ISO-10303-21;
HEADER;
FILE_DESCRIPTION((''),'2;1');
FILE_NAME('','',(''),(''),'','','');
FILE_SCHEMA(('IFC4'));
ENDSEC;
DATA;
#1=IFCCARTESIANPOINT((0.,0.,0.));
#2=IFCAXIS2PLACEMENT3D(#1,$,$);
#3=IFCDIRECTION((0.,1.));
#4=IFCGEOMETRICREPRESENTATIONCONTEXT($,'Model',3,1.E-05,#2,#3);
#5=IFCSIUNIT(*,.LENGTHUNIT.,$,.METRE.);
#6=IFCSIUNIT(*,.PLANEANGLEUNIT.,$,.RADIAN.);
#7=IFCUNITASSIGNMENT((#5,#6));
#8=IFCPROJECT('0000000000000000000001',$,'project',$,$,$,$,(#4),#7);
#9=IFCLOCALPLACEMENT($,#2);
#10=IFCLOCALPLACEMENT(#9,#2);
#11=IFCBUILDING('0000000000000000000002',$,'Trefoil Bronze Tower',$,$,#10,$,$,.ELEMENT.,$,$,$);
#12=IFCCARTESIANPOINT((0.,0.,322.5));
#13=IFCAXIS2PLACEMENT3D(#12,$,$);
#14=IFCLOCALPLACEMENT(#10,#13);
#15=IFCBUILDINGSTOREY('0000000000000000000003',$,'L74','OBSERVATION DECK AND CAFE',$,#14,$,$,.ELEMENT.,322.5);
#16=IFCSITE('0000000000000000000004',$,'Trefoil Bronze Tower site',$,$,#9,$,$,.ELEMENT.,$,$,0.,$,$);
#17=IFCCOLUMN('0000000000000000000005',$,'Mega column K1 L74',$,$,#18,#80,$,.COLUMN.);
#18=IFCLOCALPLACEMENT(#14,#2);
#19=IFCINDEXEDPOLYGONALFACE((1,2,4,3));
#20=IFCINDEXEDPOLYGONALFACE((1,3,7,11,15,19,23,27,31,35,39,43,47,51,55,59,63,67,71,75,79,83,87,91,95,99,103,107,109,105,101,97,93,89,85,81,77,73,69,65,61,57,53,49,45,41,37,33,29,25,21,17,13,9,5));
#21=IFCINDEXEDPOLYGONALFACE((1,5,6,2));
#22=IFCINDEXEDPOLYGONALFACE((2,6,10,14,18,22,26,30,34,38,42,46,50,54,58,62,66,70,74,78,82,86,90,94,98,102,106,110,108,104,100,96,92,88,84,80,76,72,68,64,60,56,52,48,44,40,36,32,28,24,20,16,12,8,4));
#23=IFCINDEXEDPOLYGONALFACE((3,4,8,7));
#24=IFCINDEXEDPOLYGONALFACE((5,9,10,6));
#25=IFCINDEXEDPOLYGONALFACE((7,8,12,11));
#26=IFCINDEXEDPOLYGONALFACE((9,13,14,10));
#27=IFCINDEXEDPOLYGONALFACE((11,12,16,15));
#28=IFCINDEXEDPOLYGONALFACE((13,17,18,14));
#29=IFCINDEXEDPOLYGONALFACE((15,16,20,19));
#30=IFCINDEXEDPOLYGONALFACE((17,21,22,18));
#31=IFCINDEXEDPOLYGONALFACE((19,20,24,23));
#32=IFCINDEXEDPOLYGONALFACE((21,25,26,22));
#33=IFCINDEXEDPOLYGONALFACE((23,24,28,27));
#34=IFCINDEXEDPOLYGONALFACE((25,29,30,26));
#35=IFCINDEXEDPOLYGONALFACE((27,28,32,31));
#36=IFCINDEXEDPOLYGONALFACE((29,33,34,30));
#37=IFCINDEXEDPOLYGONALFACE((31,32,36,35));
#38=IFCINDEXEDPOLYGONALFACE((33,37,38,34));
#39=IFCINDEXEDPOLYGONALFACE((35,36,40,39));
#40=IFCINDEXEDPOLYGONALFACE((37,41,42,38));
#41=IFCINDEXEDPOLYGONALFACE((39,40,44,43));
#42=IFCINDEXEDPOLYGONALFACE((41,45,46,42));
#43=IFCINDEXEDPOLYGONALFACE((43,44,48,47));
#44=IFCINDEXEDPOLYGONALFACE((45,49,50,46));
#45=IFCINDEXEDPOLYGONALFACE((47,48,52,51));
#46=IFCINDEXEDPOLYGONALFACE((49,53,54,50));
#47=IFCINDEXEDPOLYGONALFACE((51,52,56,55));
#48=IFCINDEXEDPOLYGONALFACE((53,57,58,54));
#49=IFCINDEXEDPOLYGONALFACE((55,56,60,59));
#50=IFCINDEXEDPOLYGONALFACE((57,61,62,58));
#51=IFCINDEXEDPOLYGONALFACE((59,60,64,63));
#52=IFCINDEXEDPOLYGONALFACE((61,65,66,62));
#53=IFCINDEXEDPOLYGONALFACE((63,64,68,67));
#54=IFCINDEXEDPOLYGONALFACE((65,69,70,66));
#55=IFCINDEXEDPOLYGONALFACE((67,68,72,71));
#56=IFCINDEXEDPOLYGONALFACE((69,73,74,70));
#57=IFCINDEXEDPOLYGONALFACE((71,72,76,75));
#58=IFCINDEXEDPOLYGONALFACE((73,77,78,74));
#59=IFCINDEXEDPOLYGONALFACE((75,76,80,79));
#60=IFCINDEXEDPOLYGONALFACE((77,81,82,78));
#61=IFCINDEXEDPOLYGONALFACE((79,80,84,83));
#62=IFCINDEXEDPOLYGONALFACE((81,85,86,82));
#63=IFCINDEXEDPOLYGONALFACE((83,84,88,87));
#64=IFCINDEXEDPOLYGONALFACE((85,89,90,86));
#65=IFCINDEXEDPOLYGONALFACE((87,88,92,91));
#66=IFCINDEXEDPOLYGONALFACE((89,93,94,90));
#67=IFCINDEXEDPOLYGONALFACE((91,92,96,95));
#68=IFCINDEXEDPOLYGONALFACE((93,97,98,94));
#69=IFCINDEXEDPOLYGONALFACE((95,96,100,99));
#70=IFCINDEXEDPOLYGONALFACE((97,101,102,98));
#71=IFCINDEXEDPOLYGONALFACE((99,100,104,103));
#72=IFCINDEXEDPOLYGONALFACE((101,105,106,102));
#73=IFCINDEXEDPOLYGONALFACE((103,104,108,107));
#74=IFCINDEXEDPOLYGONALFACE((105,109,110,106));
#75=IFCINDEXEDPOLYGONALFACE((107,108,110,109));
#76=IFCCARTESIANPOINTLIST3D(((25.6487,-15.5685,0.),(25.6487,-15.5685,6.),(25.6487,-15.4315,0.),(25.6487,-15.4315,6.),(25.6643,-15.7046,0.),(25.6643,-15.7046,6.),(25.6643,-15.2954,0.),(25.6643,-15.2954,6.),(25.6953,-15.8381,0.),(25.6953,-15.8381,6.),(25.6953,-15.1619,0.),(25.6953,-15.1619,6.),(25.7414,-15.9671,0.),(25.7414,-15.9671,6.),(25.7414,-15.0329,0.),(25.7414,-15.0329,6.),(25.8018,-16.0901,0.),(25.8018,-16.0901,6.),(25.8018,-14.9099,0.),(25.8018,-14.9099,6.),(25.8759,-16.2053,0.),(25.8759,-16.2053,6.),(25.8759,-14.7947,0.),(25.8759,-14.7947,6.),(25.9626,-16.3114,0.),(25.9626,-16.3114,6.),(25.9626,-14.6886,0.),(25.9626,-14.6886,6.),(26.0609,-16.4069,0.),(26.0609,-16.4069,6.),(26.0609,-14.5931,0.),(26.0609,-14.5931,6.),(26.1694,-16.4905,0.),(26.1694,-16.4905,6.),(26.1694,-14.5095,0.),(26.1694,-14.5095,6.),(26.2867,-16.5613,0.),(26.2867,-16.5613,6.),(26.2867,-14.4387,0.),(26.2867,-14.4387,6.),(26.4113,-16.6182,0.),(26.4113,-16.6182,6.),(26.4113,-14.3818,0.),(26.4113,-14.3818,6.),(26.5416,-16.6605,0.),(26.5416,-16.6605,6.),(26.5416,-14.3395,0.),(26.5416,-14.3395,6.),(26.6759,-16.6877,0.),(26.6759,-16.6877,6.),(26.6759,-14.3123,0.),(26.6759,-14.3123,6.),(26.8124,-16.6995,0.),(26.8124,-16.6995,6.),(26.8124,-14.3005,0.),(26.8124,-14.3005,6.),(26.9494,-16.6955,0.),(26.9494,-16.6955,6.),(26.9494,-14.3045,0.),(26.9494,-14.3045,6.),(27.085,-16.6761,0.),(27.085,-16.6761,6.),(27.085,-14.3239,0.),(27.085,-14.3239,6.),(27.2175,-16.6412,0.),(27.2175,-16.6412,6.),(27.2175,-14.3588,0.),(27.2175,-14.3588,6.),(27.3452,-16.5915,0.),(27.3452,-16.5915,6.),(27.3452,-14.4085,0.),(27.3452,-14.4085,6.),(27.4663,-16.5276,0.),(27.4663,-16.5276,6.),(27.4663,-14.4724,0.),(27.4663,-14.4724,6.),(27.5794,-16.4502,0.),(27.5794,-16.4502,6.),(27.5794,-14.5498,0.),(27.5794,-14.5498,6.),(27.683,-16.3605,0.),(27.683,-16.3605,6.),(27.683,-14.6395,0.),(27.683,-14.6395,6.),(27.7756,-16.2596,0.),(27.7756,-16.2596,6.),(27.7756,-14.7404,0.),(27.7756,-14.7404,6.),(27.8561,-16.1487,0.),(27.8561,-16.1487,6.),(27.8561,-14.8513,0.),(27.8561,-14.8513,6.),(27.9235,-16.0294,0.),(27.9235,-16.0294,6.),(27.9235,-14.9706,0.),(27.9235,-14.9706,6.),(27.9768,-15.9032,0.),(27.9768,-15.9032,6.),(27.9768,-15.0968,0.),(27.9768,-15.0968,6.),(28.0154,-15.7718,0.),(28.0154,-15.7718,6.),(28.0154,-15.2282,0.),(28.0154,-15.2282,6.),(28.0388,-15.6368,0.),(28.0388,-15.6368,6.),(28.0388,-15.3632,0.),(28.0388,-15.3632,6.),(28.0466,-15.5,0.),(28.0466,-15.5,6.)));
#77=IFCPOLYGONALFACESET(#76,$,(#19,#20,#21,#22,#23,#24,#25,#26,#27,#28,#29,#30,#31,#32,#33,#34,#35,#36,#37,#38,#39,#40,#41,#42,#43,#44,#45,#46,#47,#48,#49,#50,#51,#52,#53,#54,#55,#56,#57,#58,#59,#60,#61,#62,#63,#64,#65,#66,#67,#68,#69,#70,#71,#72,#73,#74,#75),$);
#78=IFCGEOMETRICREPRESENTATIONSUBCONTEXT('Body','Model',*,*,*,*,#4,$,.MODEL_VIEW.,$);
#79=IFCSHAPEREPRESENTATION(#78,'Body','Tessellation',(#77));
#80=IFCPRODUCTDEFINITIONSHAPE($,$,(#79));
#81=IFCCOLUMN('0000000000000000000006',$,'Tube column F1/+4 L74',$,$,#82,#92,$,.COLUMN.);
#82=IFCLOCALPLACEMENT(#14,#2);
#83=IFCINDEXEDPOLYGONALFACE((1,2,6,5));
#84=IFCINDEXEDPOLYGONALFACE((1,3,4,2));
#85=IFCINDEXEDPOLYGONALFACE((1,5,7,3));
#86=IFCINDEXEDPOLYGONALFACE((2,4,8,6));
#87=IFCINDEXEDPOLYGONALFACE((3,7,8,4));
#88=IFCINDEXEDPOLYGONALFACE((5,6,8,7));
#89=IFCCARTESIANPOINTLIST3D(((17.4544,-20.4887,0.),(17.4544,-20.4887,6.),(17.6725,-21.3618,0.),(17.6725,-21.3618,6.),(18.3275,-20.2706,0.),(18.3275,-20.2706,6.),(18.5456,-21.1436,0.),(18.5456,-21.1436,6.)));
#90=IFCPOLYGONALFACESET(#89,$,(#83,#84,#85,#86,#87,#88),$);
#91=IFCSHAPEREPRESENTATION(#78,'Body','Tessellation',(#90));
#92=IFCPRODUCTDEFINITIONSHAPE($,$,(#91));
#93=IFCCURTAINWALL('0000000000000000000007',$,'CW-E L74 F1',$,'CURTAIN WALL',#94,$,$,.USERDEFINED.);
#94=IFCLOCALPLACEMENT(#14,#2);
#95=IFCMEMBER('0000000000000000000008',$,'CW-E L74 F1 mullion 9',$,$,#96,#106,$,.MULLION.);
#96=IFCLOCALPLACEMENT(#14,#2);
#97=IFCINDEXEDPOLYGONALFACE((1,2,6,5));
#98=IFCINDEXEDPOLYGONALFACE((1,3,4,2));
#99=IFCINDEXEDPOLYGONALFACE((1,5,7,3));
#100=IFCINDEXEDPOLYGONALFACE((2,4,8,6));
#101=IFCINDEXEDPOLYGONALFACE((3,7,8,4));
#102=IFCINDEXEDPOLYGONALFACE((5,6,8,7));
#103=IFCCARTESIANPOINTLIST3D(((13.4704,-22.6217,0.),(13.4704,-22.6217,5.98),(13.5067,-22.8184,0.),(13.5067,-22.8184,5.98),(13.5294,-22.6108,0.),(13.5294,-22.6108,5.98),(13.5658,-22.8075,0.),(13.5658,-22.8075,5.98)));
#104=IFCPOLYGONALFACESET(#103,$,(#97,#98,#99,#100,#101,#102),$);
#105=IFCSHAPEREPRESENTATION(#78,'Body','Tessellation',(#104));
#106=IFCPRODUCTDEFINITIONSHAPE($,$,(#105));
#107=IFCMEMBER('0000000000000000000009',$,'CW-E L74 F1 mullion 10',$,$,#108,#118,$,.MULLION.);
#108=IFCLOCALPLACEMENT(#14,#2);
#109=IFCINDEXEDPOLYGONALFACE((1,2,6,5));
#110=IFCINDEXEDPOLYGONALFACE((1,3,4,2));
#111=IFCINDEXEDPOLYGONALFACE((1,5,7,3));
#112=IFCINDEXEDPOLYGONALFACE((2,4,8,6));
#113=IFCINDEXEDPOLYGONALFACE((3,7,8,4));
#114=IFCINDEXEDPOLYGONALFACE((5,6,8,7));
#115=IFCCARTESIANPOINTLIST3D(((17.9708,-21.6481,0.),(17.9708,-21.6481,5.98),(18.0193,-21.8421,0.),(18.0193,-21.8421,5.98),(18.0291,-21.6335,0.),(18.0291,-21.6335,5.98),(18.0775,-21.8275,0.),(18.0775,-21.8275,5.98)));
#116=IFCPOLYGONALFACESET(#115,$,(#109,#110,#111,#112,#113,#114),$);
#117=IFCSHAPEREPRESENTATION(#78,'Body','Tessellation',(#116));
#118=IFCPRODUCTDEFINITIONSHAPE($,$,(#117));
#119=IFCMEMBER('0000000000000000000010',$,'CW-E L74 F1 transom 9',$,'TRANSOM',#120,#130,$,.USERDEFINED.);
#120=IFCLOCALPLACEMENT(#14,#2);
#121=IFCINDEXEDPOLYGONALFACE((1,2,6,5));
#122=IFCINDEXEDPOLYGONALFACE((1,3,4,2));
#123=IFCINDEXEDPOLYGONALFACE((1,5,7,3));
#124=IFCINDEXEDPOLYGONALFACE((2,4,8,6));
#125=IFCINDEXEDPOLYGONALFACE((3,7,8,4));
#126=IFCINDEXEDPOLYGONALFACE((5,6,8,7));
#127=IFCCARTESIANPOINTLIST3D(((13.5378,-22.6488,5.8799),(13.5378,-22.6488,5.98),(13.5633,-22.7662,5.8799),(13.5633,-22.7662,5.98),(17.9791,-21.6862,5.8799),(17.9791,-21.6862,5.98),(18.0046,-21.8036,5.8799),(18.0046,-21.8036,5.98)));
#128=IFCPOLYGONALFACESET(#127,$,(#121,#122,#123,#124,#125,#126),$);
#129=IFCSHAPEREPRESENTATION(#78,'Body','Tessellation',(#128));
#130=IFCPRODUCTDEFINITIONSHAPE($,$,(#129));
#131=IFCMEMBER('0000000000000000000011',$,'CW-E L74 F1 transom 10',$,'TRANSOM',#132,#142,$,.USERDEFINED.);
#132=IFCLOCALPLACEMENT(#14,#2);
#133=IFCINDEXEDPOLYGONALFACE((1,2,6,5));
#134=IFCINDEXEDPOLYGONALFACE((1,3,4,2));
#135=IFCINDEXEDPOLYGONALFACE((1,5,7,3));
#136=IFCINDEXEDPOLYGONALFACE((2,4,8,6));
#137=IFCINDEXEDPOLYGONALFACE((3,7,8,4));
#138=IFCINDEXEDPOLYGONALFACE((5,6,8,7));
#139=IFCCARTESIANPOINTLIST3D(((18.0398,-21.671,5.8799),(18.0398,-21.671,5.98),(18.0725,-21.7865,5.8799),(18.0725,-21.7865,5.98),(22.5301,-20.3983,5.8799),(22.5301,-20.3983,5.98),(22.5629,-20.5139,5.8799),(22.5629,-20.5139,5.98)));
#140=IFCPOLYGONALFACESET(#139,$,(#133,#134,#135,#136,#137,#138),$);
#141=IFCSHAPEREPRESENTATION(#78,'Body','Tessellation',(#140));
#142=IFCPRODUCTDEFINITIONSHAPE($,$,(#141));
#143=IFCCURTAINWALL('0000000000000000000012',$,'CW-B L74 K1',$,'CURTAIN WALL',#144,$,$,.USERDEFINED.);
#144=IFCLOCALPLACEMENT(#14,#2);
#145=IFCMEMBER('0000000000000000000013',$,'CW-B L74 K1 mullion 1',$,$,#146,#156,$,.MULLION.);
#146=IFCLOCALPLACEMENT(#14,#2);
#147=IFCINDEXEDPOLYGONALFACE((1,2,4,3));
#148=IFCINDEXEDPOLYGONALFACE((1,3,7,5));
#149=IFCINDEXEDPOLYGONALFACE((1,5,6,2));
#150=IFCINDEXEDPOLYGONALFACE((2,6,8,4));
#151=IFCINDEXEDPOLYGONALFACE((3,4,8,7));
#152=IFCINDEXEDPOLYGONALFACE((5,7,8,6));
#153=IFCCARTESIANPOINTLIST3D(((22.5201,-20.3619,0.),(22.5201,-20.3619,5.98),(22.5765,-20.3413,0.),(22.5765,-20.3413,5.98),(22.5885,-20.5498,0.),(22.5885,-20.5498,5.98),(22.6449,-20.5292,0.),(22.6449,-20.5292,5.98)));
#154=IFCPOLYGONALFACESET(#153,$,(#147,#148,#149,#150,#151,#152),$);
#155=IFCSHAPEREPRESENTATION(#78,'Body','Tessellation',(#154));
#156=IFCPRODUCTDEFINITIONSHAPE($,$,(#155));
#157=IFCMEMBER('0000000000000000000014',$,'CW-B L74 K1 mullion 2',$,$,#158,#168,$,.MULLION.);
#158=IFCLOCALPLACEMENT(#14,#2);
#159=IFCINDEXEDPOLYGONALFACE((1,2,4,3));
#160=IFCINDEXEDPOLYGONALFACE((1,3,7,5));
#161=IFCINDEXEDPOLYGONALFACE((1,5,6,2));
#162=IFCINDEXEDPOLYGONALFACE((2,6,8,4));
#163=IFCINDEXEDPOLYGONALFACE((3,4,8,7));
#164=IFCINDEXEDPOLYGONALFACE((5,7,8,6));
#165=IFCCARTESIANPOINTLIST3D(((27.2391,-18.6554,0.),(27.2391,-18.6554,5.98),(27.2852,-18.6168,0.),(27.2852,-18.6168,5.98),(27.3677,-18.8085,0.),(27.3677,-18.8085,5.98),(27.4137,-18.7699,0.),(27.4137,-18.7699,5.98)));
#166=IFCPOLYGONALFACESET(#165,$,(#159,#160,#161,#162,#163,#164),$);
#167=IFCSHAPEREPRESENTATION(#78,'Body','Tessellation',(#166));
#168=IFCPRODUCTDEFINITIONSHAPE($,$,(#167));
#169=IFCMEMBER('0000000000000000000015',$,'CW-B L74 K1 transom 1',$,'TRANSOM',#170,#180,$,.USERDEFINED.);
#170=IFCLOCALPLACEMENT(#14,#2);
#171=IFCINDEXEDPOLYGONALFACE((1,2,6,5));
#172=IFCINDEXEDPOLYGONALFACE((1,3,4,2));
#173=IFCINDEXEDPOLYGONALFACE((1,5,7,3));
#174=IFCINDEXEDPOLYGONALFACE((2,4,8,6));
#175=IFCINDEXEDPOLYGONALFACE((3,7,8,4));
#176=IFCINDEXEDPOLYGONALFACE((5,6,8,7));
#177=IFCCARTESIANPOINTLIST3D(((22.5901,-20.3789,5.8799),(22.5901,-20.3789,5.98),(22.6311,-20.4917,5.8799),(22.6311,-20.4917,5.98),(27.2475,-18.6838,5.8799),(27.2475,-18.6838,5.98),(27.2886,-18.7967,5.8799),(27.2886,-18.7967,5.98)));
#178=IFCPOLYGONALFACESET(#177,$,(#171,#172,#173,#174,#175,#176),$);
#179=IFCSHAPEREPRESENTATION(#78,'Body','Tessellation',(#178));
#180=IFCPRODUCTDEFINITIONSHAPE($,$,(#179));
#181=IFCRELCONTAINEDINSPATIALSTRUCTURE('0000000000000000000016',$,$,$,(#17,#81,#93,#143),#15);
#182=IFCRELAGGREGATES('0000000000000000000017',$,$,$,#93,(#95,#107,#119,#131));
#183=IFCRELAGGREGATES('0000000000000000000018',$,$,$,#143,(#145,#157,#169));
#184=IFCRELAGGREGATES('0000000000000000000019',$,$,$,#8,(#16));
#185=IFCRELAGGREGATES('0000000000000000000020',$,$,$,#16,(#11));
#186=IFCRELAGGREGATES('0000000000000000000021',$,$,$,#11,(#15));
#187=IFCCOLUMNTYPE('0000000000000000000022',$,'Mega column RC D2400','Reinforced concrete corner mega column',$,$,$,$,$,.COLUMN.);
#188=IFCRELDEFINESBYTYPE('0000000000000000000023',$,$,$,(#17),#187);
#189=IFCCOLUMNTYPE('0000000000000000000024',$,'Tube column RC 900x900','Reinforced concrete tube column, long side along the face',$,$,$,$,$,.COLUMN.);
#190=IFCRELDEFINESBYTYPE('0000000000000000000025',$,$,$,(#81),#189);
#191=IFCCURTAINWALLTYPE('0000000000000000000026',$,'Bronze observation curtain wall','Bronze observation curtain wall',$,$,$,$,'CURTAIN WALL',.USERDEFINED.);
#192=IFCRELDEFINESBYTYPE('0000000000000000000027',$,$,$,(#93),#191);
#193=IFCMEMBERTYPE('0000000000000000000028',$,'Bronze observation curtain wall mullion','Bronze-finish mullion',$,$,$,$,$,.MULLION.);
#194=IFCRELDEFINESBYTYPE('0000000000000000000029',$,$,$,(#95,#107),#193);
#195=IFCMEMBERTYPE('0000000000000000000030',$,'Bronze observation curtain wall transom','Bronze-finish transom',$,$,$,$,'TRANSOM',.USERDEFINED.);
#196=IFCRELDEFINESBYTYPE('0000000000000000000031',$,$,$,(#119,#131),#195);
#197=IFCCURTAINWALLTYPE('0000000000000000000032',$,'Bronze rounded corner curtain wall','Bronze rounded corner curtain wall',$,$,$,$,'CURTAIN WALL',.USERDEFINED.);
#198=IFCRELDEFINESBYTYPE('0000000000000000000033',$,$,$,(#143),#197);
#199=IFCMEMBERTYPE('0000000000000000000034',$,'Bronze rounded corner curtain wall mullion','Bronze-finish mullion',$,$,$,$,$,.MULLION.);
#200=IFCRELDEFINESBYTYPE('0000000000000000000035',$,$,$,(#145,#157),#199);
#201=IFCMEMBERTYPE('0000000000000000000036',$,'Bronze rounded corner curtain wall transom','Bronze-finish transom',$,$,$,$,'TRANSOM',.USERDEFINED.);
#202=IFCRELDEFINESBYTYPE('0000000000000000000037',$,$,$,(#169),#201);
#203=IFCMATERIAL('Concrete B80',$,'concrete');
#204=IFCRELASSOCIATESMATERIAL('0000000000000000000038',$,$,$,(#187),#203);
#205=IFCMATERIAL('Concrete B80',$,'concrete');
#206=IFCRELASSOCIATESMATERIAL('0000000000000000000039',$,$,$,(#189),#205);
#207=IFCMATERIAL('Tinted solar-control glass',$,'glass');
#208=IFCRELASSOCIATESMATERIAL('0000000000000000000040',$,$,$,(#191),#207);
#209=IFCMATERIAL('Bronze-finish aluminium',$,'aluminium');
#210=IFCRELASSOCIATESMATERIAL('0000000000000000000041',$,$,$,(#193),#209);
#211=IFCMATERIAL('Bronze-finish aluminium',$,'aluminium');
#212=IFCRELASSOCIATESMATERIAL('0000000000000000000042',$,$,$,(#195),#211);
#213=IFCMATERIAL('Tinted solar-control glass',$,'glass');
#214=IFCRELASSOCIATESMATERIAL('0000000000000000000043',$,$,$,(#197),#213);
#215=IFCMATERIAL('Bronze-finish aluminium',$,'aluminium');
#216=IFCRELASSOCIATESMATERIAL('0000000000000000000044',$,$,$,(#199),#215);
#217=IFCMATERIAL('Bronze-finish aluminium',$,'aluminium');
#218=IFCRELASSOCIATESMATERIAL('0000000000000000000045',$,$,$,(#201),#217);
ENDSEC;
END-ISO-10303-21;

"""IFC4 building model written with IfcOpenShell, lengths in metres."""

from ifc_helpers import new_model, si_unit, direction, frame, origin, origin_2d, place, context, subcontext, project, spatial, rectangle, circle, extrude, material, material_profile, profile_set, type_object, element, aggregate, save


model = new_model("IFC4")

# Units and contexts
model_context = context("Model", 3, precision=1e-05, world=origin(), true_north=direction((0.0, 1.0)))
body_context = subcontext(model_context, "Body", "Model", "MODEL_VIEW")
ifc_project = project(units=[si_unit("LENGTHUNIT", "METRE"), si_unit("PLANEANGLEUNIT", "RADIAN")], contexts=[model_context])

# Site, building, storey
site_placement = place(None, origin())
site = spatial("IfcSite", under=ifc_project, at=site_placement, Name="Trefoil Bronze Tower site", CompositionType="ELEMENT", RefElevation=0.0)
building_placement = place(site_placement, origin())
building = spatial("IfcBuilding", under=site, at=building_placement, Name="Trefoil Bronze Tower", CompositionType="ELEMENT")
storey_placement = place(building_placement, frame((0.0, 0.0, 322.5)))
storey = spatial("IfcBuildingStorey", under=building, at=storey_placement, Name="L74", Description="OBSERVATION DECK AND CAFE", CompositionType="ELEMENT", Elevation=322.5)

# Columns
ifc_material_1 = material(Name="Concrete B80", Category="concrete")
ifc_material_profile_1 = material_profile(ifc_material_1, circle(Radius=1.2, at=origin_2d()), Name="RC D2400")
ifc_profile_set_1 = profile_set([ifc_material_profile_1], Name="Concrete B80")
column_type_1 = type_object("IfcColumnType", Name="Mega column RC D2400", Description="Reinforced concrete corner mega column", PredefinedType="COLUMN", material=ifc_profile_set_1)
column_1_placement = place(storey_placement, frame((26.8467, -15.5, 0.0), z_axis=(0.0, 0.0, 1.0), x_axis=(1.0, 0.0, 0.0)))
element("IfcColumn", 1, at=column_1_placement, inside=storey, type_object=column_type_1, Name="Mega column K1 L74", PredefinedType="COLUMN", context=body_context, shape_type="SweptSolid", body=[
    extrude(circle(Radius=1.2, at=origin_2d()), origin(), (0.0, 0.0, 1.0), 6.0),
])
ifc_material_2 = material(Name="Concrete B80", Category="concrete")
ifc_material_profile_2 = material_profile(ifc_material_2, rectangle(XDim=0.8999, YDim=0.8999, at=origin_2d()), Name="RC 900x900")
ifc_profile_set_2 = profile_set([ifc_material_profile_2], Name="Concrete B80")
column_type_2 = type_object("IfcColumnType", Name="Tube column RC 900x900", Description="Reinforced concrete tube column, long side along the face", PredefinedType="COLUMN", material=ifc_profile_set_2)
column_2_placement = place(storey_placement, frame((18.0, -20.8162, 0.0), z_axis=(0.0, 0.0, 1.0), x_axis=(0.970178, 0.242394, 0.0)))
element("IfcColumn", 2, at=column_2_placement, inside=storey, type_object=column_type_2, Name="Tube column F1/+4 L74", PredefinedType="COLUMN", context=body_context, shape_type="SweptSolid", body=[
    extrude(rectangle(XDim=0.8999, YDim=0.8999, at=origin_2d()), origin(), (0.0, 0.0, 1.0), 6.0),
])

# Curtain walls, members
ifc_material_3 = material(Name="Tinted solar-control glass", Category="glass")
curtain_wall_type_1 = type_object("IfcCurtainWallType", Name="Bronze observation curtain wall", Description="Bronze observation curtain wall", ElementType="CURTAIN WALL", PredefinedType="USERDEFINED", material=ifc_material_3)
curtain_wall_1_placement = place(storey_placement, origin())
curtain_wall_1 = element("IfcCurtainWall", 3, at=curtain_wall_1_placement, inside=storey, type_object=curtain_wall_type_1, Name="CW-E L74 F1", ObjectType="CURTAIN WALL", PredefinedType="USERDEFINED")
ifc_material_4 = material(Name="Bronze-finish aluminium", Category="aluminium")
ifc_material_profile_3 = material_profile(ifc_material_4, rectangle(XDim=0.2, YDim=0.0601, at=origin_2d()), Name="CW-E mullion")
ifc_profile_set_3 = profile_set([ifc_material_profile_3], Name="Bronze-finish aluminium")
member_type_1 = type_object("IfcMemberType", Name="Bronze observation curtain wall mullion", Description="Bronze-finish mullion", PredefinedType="MULLION", material=ifc_profile_set_3)
member_1_placement = place(storey_placement, frame((13.5181, -22.7146, 0.0), z_axis=(0.0, 0.0, 1.0), x_axis=(-0.181667, 0.98336, 0.0)))
member_1 = element("IfcMember", 4, at=member_1_placement, type_object=member_type_1, Name="CW-E L74 F1 mullion 9", PredefinedType="MULLION", context=body_context, shape_type="SweptSolid", body=[
    extrude(rectangle(XDim=0.2, YDim=0.0601, at=origin_2d()), origin(), (0.0, 0.0, 1.0), 5.98),
])
member_2_placement = place(storey_placement, frame((18.0242, -21.7378, 0.0), z_axis=(0.0, 0.0, 1.0), x_axis=(-0.242394, 0.970178, 0.0)))
member_2 = element("IfcMember", 5, at=member_2_placement, type_object=member_type_1, Name="CW-E L74 F1 mullion 10", PredefinedType="MULLION", context=body_context, shape_type="SweptSolid", body=[
    extrude(rectangle(XDim=0.2, YDim=0.0601, at=origin_2d()), origin(), (0.0, 0.0, 1.0), 5.98),
])
ifc_material_5 = material(Name="Bronze-finish aluminium", Category="aluminium")
ifc_material_profile_4 = material_profile(ifc_material_5, rectangle(XDim=0.1201, YDim=0.1001, at=origin_2d()), Name="CW-E transom")
ifc_profile_set_4 = profile_set([ifc_material_profile_4], Name="Bronze-finish aluminium")
member_type_2 = type_object("IfcMemberType", Name="Bronze observation curtain wall transom", Description="Bronze-finish transom", ElementType="TRANSOM", PredefinedType="USERDEFINED", material=ifc_profile_set_4)
member_3_placement = place(storey_placement, frame((13.5505, -22.7075, 5.9299), z_axis=(0.977308, 0.211825, 0.0), x_axis=(-0.211825, 0.977308, 0.0)))
member_3 = element("IfcMember", 6, at=member_3_placement, type_object=member_type_2, Name="CW-E L74 F1 transom 9", ObjectType="TRANSOM", PredefinedType="USERDEFINED", context=body_context, shape_type="SweptSolid", body=[
    extrude(rectangle(XDim=0.1201, YDim=0.1001, at=origin_2d()), origin(), (0.0, 0.0, 1.0), 4.5444),
])
member_4_placement = place(storey_placement, frame((18.0562, -21.7288, 5.9299), z_axis=(0.962104, 0.272682, 0.0), x_axis=(-0.272682, 0.962104, 0.0)))
member_4 = element("IfcMember", 7, at=member_4_placement, type_object=member_type_2, Name="CW-E L74 F1 transom 10", ObjectType="TRANSOM", PredefinedType="USERDEFINED", context=body_context, shape_type="SweptSolid", body=[
    extrude(rectangle(XDim=0.1201, YDim=0.1001, at=origin_2d()), origin(), (0.0, 0.0, 1.0), 4.6672),
])
ifc_material_6 = material(Name="Tinted solar-control glass", Category="glass")
curtain_wall_type_2 = type_object("IfcCurtainWallType", Name="Bronze rounded corner curtain wall", Description="Bronze rounded corner curtain wall", ElementType="CURTAIN WALL", PredefinedType="USERDEFINED", material=ifc_material_6)
curtain_wall_2_placement = place(storey_placement, origin())
curtain_wall_2 = element("IfcCurtainWall", 8, at=curtain_wall_2_placement, inside=storey, type_object=curtain_wall_type_2, Name="CW-B L74 K1", ObjectType="CURTAIN WALL", PredefinedType="USERDEFINED")
ifc_material_7 = material(Name="Bronze-finish aluminium", Category="aluminium")
ifc_material_profile_5 = material_profile(ifc_material_7, rectangle(XDim=0.2, YDim=0.0601, at=origin_2d()), Name="CW-B mullion")
ifc_profile_set_5 = profile_set([ifc_material_profile_5], Name="Bronze-finish aluminium")
member_type_3 = type_object("IfcMemberType", Name="Bronze rounded corner curtain wall mullion", Description="Bronze-finish mullion", PredefinedType="MULLION", material=ifc_profile_set_5)
member_5_placement = place(storey_placement, frame((22.5825, -20.4456, 0.0), z_axis=(0.0, 0.0, 1.0), x_axis=(-0.34202, 0.939693, 0.0)))
member_5 = element("IfcMember", 9, at=member_5_placement, type_object=member_type_3, Name="CW-B L74 K1 mullion 1", PredefinedType="MULLION", context=body_context, shape_type="SweptSolid", body=[
    extrude(rectangle(XDim=0.2, YDim=0.0601, at=origin_2d()), origin(), (0.0, 0.0, 1.0), 5.98),
])
member_6_placement = place(storey_placement, frame((27.3264, -18.7126, 0.0), z_axis=(0.0, 0.0, 1.0), x_axis=(-0.642788, 0.766044, 0.0)))
member_6 = element("IfcMember", 10, at=member_6_placement, type_object=member_type_3, Name="CW-B L74 K1 mullion 2", PredefinedType="MULLION", context=body_context, shape_type="SweptSolid", body=[
    extrude(rectangle(XDim=0.2, YDim=0.0601, at=origin_2d()), origin(), (0.0, 0.0, 1.0), 5.98),
])
ifc_material_8 = material(Name="Bronze-finish aluminium", Category="aluminium")
ifc_material_profile_6 = material_profile(ifc_material_8, rectangle(XDim=0.1201, YDim=0.1001, at=origin_2d()), Name="CW-B transom")
ifc_profile_set_6 = profile_set([ifc_material_profile_6], Name="Bronze-finish aluminium")
member_type_4 = type_object("IfcMemberType", Name="Bronze rounded corner curtain wall transom", Description="Bronze-finish transom", ElementType="TRANSOM", PredefinedType="USERDEFINED", material=ifc_profile_set_6)
member_7_placement = place(storey_placement, frame((22.6106, -20.4353, 5.9299), z_axis=(0.9397, 0.342, 0.0), x_axis=(-0.342, 0.9397, 0.0)))
member_7 = element("IfcMember", 11, at=member_7_placement, type_object=member_type_4, Name="CW-B L74 K1 transom 1", ObjectType="TRANSOM", PredefinedType="USERDEFINED", context=body_context, shape_type="SweptSolid", body=[
    extrude(rectangle(XDim=0.1201, YDim=0.1001, at=origin_2d()), origin(), (0.0, 0.0, 1.0), 4.9563),
])

aggregate(curtain_wall_1, [member_1, member_2, member_3, member_4])
aggregate(curtain_wall_2, [member_5, member_6, member_7])

save(model, "model.ifc")
